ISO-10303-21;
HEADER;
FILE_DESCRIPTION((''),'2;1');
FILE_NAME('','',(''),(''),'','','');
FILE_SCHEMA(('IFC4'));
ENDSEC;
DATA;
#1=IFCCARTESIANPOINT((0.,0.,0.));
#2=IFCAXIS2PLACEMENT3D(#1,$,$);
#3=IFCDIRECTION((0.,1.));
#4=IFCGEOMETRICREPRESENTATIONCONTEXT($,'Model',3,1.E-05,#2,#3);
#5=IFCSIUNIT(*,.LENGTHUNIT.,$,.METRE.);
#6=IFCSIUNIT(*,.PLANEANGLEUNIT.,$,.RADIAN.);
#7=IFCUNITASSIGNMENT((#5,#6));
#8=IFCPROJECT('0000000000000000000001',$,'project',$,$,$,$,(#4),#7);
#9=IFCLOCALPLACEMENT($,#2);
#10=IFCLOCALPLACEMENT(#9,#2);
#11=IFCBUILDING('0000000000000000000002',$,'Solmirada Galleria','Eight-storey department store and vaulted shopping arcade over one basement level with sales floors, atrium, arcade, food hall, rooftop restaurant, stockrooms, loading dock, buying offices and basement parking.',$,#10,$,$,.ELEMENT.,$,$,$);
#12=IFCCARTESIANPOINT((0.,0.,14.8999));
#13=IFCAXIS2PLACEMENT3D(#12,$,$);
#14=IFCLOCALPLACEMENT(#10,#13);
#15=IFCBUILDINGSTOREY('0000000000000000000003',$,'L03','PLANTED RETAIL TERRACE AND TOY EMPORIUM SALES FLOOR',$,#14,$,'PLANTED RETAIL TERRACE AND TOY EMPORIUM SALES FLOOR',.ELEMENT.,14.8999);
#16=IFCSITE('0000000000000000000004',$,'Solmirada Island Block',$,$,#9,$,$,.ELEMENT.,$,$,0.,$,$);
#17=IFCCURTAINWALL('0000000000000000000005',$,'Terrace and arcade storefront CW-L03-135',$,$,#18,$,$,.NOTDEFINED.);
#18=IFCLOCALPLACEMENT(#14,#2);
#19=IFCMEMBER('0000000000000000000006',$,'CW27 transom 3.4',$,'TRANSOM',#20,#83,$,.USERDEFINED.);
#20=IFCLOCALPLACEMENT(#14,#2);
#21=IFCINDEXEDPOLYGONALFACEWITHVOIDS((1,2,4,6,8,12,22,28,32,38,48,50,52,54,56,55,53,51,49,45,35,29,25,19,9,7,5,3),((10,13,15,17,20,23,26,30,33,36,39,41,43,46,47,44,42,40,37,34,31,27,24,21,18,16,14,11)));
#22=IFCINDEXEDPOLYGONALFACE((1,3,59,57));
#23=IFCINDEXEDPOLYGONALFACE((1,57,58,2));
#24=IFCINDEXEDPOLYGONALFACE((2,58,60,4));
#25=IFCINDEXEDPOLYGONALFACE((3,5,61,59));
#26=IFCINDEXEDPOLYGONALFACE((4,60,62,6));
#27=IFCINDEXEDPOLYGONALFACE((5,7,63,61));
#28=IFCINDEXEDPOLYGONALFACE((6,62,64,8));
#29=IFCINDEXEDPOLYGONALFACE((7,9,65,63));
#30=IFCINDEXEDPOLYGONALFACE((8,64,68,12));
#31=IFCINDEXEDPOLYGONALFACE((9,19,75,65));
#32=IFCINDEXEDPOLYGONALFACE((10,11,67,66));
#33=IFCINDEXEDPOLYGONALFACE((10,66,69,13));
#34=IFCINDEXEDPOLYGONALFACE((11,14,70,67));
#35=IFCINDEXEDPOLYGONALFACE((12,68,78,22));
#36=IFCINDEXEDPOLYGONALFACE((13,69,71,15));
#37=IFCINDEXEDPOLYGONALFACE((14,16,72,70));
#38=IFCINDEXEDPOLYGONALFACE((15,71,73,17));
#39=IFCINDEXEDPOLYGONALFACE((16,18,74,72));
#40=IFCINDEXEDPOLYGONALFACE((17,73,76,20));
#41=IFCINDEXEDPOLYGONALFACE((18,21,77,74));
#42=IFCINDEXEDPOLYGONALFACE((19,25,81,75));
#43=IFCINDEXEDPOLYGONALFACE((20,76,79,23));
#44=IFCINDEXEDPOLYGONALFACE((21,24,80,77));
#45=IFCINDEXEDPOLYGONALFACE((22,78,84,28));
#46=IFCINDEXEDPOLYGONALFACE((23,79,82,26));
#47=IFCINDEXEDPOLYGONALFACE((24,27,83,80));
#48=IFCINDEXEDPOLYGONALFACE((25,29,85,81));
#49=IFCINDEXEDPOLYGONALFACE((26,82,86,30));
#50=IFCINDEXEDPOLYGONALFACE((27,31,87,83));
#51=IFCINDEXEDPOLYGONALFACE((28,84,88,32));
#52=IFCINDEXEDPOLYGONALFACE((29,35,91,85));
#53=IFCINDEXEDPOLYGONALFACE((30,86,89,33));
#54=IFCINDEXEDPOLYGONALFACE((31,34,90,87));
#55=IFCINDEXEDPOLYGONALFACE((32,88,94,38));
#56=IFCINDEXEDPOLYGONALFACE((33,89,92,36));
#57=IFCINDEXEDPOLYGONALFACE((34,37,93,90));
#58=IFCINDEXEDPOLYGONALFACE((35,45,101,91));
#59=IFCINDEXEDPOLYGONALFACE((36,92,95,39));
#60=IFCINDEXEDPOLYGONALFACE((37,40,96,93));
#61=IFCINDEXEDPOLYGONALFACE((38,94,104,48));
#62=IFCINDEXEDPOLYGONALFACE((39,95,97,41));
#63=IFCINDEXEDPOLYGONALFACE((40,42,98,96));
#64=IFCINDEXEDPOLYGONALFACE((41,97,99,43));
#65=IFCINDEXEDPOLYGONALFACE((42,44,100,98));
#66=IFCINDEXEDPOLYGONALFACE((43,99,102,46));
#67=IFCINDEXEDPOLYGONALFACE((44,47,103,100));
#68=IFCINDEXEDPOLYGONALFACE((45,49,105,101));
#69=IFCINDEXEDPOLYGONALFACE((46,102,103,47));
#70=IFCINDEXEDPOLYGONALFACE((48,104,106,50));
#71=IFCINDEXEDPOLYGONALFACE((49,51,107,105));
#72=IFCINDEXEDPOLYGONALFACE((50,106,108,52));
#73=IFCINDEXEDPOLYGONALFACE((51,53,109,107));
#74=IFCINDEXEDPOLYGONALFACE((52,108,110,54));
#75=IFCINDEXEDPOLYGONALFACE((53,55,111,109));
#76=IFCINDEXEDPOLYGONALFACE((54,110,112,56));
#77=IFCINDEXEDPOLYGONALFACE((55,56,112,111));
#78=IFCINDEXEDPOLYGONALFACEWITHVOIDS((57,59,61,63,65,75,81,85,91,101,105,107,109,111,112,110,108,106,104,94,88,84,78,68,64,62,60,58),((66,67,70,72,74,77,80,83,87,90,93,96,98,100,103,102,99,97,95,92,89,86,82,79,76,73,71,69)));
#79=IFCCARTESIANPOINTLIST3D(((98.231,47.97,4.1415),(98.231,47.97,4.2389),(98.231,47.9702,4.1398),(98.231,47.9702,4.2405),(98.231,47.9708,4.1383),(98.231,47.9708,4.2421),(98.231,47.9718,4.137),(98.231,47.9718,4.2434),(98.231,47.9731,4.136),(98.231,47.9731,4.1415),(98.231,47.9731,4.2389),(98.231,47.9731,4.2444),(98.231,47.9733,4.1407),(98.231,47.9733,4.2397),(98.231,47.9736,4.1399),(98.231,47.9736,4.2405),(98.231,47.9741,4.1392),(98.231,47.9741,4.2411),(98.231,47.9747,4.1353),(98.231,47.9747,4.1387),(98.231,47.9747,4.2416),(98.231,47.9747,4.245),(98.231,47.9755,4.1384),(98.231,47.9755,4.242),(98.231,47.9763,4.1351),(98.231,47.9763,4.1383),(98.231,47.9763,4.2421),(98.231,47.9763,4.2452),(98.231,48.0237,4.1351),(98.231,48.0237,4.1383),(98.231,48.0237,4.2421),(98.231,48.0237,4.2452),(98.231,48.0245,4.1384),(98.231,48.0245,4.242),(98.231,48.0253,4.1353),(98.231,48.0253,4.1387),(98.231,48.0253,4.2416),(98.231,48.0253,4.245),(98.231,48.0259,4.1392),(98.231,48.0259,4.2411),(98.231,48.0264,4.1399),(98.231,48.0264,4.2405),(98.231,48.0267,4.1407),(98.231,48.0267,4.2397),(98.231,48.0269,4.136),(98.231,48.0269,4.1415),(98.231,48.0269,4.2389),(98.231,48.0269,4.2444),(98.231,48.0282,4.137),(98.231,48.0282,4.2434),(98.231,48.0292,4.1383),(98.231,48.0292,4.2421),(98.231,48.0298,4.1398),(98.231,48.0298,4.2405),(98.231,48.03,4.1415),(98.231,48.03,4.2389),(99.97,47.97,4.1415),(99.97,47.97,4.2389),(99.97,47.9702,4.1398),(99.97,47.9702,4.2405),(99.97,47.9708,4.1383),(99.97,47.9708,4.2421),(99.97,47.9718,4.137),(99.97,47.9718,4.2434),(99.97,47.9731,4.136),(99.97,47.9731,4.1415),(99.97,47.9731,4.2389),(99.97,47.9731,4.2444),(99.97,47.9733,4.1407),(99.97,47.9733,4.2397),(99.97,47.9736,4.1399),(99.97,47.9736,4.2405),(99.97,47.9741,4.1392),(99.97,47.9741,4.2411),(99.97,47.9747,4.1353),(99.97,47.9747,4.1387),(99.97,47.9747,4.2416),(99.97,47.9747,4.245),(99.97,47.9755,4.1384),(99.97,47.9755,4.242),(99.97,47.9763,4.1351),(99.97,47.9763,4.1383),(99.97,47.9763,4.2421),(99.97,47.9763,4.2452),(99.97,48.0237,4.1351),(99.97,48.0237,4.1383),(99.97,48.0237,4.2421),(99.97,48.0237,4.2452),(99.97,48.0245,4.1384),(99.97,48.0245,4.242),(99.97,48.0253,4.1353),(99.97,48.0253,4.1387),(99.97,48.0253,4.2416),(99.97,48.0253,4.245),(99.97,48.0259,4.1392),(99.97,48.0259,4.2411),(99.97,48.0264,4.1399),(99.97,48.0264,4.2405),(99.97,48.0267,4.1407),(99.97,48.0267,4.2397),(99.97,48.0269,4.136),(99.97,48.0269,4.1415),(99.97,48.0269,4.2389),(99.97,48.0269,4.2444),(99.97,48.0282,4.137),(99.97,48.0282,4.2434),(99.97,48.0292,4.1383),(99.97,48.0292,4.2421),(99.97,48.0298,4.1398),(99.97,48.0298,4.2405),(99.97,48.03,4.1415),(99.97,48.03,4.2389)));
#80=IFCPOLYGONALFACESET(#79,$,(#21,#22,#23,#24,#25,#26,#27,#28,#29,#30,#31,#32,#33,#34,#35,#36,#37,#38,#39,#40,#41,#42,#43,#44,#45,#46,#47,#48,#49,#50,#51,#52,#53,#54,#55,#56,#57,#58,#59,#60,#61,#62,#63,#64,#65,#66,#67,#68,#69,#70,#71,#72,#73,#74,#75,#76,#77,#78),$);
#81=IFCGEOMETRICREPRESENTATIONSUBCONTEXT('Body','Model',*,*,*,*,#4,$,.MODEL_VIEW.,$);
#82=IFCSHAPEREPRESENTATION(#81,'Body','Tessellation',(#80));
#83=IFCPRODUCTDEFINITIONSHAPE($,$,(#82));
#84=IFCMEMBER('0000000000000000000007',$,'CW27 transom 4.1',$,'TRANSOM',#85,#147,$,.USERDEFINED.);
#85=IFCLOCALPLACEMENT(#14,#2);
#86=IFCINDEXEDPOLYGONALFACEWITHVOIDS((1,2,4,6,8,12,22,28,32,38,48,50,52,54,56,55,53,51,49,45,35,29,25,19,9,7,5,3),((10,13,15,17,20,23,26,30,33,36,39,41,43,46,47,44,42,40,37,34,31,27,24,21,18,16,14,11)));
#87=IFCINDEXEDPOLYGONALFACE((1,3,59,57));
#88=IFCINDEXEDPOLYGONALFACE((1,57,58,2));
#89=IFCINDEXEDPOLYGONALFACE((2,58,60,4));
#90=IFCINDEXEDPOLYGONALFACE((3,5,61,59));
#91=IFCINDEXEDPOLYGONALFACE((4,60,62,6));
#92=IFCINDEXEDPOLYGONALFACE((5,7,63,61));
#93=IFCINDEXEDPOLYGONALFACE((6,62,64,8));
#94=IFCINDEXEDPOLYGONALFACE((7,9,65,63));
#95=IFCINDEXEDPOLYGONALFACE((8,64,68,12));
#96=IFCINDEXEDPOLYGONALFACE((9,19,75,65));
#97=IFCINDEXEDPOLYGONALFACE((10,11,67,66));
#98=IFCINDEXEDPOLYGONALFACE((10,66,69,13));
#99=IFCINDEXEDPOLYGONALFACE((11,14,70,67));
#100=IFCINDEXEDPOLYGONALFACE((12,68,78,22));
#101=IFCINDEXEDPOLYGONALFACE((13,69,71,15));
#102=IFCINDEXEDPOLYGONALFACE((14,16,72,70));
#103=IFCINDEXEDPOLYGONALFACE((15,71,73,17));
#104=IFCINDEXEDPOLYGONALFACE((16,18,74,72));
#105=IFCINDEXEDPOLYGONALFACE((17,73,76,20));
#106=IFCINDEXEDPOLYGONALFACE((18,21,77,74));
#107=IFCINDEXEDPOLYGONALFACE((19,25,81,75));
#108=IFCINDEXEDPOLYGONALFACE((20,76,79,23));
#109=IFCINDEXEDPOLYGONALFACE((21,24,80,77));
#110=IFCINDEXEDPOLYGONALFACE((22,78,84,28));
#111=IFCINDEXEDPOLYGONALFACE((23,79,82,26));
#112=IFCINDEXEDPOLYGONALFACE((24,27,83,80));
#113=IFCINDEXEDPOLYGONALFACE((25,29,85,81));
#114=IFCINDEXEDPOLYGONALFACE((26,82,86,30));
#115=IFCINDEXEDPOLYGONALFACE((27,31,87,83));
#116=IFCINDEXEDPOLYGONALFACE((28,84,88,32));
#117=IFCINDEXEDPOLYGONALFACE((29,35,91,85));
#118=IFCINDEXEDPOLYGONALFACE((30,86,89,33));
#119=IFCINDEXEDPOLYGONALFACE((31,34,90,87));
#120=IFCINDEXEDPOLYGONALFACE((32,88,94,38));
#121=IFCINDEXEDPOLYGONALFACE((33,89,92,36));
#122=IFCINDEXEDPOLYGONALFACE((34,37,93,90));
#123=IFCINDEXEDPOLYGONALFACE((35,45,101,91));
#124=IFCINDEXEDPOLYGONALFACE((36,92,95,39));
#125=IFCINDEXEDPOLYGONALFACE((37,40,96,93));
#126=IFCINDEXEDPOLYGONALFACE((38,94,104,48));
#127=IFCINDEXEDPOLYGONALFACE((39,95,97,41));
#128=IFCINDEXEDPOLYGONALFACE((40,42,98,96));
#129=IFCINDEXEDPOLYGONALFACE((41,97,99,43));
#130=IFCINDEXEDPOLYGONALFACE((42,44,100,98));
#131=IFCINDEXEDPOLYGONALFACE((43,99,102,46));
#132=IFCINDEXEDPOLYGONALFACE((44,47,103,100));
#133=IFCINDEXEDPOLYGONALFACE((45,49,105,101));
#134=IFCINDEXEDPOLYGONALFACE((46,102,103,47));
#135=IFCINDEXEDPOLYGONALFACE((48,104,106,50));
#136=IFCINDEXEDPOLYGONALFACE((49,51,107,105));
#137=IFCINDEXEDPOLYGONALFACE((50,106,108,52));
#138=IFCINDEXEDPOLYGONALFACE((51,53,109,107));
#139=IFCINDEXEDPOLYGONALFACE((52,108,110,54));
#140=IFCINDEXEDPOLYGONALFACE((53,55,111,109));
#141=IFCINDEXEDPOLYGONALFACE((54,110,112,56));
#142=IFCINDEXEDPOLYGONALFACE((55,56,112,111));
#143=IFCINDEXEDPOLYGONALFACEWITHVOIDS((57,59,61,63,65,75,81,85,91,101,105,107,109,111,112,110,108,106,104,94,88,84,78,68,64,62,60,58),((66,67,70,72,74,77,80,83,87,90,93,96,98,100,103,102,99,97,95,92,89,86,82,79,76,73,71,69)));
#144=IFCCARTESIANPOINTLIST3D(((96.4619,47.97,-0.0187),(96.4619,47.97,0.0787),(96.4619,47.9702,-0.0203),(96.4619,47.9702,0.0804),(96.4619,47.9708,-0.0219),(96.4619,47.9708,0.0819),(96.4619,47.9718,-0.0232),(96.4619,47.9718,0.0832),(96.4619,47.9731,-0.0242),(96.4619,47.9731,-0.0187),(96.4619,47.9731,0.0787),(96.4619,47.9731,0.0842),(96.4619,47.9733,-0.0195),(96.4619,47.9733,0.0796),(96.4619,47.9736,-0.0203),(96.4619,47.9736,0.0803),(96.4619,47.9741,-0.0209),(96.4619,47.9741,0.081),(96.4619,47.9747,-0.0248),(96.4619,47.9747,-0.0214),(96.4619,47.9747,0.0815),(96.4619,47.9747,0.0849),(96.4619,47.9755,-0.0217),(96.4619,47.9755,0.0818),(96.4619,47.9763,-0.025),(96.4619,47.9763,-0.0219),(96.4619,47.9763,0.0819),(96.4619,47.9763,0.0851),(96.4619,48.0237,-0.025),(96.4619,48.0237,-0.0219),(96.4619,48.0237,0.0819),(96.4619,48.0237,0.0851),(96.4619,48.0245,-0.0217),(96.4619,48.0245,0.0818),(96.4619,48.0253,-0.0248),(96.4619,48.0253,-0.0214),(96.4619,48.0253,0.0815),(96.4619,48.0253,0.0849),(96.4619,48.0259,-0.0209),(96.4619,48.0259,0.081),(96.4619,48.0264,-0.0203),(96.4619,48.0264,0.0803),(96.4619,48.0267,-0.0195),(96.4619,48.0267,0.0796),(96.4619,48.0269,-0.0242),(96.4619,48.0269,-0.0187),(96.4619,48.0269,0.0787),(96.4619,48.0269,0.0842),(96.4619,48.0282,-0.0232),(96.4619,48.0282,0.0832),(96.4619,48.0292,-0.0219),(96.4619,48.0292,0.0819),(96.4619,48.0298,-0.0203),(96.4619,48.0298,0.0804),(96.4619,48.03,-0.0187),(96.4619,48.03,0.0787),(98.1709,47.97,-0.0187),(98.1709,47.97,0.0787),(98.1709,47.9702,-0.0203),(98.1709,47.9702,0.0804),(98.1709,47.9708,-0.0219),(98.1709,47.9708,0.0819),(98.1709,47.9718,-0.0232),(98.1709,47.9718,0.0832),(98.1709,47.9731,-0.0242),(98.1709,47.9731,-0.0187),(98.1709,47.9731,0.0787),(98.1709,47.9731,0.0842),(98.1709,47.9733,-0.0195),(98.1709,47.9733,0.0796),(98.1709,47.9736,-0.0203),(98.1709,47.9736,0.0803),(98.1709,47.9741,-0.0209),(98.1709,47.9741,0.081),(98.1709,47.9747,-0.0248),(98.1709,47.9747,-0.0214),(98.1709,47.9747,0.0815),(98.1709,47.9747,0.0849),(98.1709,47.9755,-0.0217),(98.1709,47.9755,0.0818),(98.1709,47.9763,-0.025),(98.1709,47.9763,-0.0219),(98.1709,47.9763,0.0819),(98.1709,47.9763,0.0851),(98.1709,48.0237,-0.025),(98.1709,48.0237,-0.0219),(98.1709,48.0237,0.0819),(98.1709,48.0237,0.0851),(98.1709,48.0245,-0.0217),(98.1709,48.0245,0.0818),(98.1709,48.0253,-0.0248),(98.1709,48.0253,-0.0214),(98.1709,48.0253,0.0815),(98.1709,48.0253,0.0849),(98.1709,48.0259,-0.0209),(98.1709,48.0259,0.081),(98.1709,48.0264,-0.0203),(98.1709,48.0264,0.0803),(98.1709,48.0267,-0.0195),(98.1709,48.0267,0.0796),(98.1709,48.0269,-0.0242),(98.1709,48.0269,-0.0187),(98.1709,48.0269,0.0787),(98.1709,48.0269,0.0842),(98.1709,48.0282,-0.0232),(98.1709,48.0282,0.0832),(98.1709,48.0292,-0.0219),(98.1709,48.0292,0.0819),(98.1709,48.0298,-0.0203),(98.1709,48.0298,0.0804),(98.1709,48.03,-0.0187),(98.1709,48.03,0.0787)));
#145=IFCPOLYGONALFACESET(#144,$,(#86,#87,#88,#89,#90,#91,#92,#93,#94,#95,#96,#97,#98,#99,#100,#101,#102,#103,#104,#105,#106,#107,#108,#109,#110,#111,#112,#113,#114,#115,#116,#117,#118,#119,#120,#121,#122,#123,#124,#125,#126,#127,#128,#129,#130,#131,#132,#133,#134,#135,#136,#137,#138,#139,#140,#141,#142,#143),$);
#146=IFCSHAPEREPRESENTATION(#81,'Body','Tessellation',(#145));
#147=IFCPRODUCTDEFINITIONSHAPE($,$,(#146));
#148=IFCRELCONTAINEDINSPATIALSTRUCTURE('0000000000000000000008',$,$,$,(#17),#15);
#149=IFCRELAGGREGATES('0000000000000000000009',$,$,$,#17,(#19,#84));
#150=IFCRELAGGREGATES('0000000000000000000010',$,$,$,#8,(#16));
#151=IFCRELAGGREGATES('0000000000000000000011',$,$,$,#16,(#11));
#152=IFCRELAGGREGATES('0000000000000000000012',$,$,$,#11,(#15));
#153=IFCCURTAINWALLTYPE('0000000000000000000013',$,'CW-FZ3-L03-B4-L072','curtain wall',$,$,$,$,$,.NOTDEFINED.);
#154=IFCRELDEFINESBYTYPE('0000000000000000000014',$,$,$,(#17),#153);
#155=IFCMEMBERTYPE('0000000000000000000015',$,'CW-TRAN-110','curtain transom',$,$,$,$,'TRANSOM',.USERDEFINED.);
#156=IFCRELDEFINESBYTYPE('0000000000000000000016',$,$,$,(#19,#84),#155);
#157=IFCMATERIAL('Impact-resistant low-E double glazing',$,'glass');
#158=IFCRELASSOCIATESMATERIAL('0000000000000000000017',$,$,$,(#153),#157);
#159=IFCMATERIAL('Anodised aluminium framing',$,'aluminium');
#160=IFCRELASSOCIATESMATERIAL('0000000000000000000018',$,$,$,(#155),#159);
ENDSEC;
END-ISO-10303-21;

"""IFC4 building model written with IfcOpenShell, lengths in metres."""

from ifc_helpers import new_model, si_unit, direction, frame, origin, origin_2d, place, context, subcontext, project, spatial, hollow_rectangle, extrude, material, material_profile, profile_set, type_object, element, aggregate, save


model = new_model("IFC4")

# Units and contexts
model_context = context("Model", 3, precision=1e-05, world=origin(), true_north=direction((0.0, 1.0)))
body_context = subcontext(model_context, "Body", "Model", "MODEL_VIEW")
ifc_project = project(units=[si_unit("LENGTHUNIT", "METRE"), si_unit("PLANEANGLEUNIT", "RADIAN")], contexts=[model_context])

# Site, building, storey
site_placement = place(None, origin())
site = spatial("IfcSite", under=ifc_project, at=site_placement, Name="Solmirada Island Block", CompositionType="ELEMENT", RefElevation=0.0)
building_placement = place(site_placement, origin())
building = spatial("IfcBuilding", under=site, at=building_placement, Name="Solmirada Galleria", Description="Eight-storey department store and vaulted shopping arcade over one basement level with sales floors, atrium, arcade, food hall, rooftop restaurant, stockrooms, loading dock, buying offices and basement parking.", CompositionType="ELEMENT")
storey_placement = place(building_placement, frame((0.0, 0.0, 14.8999)))
storey = spatial("IfcBuildingStorey", under=building, at=storey_placement, Name="L03", Description="PLANTED RETAIL TERRACE AND TOY EMPORIUM SALES FLOOR", LongName="PLANTED RETAIL TERRACE AND TOY EMPORIUM SALES FLOOR", CompositionType="ELEMENT", Elevation=14.8999)

# Curtain wall, members
ifc_material_1 = material(Name="Impact-resistant low-E double glazing", Category="glass")
curtain_wall_type = type_object("IfcCurtainWallType", Name="CW-FZ3-L03-B4-L072", Description="curtain wall", PredefinedType="NOTDEFINED", material=ifc_material_1)
curtain_wall_placement = place(storey_placement, origin())
curtain_wall = element("IfcCurtainWall", 1, at=curtain_wall_placement, inside=storey, type_object=curtain_wall_type, Name="Terrace and arcade storefront CW-L03-135", PredefinedType="NOTDEFINED")
ifc_material_2 = material(Name="Anodised aluminium framing", Category="aluminium")
ifc_material_profile_1 = material_profile(ifc_material_2, hollow_rectangle(XDim=0.0601, YDim=0.1101, WallThickness=0.0032, InnerFilletRadius=0.0032, OuterFilletRadius=0.0063, at=origin_2d()), Name="ALU-TRAN-110X60")
ifc_profile_set_1 = profile_set([ifc_material_profile_1], Name="Anodised aluminium framing")
member_type_1 = type_object("IfcMemberType", Name="CW-TRAN-110", Description="curtain transom", ElementType="TRANSOM", PredefinedType="USERDEFINED", material=ifc_profile_set_1)
member_1_placement = place(storey_placement, frame((99.97, 48.0, 4.1902), z_axis=(-1.0, 0.0, 0.0), x_axis=(0.0, -1.0, 0.0)))
member_1 = element("IfcMember", 2, at=member_1_placement, type_object=member_type_1, Name="CW27 transom 3.4", ObjectType="TRANSOM", PredefinedType="USERDEFINED", context=body_context, shape_type="SweptSolid", body=[
    extrude(hollow_rectangle(XDim=0.0601, YDim=0.1101, WallThickness=0.0032, InnerFilletRadius=0.0032, OuterFilletRadius=0.0063, at=origin_2d()), origin(), (0.0, 0.0, 1.0), 1.739),
])
member_2_placement = place(storey_placement, frame((98.1709, 48.0, 0.03), z_axis=(-1.0, 0.0, 0.0), x_axis=(0.0, -1.0, 0.0)))
member_2 = element("IfcMember", 3, at=member_2_placement, type_object=member_type_1, Name="CW27 transom 4.1", ObjectType="TRANSOM", PredefinedType="USERDEFINED", context=body_context, shape_type="SweptSolid", body=[
    extrude(hollow_rectangle(XDim=0.0601, YDim=0.1101, WallThickness=0.0032, InnerFilletRadius=0.0032, OuterFilletRadius=0.0063, at=origin_2d()), origin(), (0.0, 0.0, 1.0), 1.709),
])
aggregate(curtain_wall, [member_1, member_2])

save(model, "model.ifc")
